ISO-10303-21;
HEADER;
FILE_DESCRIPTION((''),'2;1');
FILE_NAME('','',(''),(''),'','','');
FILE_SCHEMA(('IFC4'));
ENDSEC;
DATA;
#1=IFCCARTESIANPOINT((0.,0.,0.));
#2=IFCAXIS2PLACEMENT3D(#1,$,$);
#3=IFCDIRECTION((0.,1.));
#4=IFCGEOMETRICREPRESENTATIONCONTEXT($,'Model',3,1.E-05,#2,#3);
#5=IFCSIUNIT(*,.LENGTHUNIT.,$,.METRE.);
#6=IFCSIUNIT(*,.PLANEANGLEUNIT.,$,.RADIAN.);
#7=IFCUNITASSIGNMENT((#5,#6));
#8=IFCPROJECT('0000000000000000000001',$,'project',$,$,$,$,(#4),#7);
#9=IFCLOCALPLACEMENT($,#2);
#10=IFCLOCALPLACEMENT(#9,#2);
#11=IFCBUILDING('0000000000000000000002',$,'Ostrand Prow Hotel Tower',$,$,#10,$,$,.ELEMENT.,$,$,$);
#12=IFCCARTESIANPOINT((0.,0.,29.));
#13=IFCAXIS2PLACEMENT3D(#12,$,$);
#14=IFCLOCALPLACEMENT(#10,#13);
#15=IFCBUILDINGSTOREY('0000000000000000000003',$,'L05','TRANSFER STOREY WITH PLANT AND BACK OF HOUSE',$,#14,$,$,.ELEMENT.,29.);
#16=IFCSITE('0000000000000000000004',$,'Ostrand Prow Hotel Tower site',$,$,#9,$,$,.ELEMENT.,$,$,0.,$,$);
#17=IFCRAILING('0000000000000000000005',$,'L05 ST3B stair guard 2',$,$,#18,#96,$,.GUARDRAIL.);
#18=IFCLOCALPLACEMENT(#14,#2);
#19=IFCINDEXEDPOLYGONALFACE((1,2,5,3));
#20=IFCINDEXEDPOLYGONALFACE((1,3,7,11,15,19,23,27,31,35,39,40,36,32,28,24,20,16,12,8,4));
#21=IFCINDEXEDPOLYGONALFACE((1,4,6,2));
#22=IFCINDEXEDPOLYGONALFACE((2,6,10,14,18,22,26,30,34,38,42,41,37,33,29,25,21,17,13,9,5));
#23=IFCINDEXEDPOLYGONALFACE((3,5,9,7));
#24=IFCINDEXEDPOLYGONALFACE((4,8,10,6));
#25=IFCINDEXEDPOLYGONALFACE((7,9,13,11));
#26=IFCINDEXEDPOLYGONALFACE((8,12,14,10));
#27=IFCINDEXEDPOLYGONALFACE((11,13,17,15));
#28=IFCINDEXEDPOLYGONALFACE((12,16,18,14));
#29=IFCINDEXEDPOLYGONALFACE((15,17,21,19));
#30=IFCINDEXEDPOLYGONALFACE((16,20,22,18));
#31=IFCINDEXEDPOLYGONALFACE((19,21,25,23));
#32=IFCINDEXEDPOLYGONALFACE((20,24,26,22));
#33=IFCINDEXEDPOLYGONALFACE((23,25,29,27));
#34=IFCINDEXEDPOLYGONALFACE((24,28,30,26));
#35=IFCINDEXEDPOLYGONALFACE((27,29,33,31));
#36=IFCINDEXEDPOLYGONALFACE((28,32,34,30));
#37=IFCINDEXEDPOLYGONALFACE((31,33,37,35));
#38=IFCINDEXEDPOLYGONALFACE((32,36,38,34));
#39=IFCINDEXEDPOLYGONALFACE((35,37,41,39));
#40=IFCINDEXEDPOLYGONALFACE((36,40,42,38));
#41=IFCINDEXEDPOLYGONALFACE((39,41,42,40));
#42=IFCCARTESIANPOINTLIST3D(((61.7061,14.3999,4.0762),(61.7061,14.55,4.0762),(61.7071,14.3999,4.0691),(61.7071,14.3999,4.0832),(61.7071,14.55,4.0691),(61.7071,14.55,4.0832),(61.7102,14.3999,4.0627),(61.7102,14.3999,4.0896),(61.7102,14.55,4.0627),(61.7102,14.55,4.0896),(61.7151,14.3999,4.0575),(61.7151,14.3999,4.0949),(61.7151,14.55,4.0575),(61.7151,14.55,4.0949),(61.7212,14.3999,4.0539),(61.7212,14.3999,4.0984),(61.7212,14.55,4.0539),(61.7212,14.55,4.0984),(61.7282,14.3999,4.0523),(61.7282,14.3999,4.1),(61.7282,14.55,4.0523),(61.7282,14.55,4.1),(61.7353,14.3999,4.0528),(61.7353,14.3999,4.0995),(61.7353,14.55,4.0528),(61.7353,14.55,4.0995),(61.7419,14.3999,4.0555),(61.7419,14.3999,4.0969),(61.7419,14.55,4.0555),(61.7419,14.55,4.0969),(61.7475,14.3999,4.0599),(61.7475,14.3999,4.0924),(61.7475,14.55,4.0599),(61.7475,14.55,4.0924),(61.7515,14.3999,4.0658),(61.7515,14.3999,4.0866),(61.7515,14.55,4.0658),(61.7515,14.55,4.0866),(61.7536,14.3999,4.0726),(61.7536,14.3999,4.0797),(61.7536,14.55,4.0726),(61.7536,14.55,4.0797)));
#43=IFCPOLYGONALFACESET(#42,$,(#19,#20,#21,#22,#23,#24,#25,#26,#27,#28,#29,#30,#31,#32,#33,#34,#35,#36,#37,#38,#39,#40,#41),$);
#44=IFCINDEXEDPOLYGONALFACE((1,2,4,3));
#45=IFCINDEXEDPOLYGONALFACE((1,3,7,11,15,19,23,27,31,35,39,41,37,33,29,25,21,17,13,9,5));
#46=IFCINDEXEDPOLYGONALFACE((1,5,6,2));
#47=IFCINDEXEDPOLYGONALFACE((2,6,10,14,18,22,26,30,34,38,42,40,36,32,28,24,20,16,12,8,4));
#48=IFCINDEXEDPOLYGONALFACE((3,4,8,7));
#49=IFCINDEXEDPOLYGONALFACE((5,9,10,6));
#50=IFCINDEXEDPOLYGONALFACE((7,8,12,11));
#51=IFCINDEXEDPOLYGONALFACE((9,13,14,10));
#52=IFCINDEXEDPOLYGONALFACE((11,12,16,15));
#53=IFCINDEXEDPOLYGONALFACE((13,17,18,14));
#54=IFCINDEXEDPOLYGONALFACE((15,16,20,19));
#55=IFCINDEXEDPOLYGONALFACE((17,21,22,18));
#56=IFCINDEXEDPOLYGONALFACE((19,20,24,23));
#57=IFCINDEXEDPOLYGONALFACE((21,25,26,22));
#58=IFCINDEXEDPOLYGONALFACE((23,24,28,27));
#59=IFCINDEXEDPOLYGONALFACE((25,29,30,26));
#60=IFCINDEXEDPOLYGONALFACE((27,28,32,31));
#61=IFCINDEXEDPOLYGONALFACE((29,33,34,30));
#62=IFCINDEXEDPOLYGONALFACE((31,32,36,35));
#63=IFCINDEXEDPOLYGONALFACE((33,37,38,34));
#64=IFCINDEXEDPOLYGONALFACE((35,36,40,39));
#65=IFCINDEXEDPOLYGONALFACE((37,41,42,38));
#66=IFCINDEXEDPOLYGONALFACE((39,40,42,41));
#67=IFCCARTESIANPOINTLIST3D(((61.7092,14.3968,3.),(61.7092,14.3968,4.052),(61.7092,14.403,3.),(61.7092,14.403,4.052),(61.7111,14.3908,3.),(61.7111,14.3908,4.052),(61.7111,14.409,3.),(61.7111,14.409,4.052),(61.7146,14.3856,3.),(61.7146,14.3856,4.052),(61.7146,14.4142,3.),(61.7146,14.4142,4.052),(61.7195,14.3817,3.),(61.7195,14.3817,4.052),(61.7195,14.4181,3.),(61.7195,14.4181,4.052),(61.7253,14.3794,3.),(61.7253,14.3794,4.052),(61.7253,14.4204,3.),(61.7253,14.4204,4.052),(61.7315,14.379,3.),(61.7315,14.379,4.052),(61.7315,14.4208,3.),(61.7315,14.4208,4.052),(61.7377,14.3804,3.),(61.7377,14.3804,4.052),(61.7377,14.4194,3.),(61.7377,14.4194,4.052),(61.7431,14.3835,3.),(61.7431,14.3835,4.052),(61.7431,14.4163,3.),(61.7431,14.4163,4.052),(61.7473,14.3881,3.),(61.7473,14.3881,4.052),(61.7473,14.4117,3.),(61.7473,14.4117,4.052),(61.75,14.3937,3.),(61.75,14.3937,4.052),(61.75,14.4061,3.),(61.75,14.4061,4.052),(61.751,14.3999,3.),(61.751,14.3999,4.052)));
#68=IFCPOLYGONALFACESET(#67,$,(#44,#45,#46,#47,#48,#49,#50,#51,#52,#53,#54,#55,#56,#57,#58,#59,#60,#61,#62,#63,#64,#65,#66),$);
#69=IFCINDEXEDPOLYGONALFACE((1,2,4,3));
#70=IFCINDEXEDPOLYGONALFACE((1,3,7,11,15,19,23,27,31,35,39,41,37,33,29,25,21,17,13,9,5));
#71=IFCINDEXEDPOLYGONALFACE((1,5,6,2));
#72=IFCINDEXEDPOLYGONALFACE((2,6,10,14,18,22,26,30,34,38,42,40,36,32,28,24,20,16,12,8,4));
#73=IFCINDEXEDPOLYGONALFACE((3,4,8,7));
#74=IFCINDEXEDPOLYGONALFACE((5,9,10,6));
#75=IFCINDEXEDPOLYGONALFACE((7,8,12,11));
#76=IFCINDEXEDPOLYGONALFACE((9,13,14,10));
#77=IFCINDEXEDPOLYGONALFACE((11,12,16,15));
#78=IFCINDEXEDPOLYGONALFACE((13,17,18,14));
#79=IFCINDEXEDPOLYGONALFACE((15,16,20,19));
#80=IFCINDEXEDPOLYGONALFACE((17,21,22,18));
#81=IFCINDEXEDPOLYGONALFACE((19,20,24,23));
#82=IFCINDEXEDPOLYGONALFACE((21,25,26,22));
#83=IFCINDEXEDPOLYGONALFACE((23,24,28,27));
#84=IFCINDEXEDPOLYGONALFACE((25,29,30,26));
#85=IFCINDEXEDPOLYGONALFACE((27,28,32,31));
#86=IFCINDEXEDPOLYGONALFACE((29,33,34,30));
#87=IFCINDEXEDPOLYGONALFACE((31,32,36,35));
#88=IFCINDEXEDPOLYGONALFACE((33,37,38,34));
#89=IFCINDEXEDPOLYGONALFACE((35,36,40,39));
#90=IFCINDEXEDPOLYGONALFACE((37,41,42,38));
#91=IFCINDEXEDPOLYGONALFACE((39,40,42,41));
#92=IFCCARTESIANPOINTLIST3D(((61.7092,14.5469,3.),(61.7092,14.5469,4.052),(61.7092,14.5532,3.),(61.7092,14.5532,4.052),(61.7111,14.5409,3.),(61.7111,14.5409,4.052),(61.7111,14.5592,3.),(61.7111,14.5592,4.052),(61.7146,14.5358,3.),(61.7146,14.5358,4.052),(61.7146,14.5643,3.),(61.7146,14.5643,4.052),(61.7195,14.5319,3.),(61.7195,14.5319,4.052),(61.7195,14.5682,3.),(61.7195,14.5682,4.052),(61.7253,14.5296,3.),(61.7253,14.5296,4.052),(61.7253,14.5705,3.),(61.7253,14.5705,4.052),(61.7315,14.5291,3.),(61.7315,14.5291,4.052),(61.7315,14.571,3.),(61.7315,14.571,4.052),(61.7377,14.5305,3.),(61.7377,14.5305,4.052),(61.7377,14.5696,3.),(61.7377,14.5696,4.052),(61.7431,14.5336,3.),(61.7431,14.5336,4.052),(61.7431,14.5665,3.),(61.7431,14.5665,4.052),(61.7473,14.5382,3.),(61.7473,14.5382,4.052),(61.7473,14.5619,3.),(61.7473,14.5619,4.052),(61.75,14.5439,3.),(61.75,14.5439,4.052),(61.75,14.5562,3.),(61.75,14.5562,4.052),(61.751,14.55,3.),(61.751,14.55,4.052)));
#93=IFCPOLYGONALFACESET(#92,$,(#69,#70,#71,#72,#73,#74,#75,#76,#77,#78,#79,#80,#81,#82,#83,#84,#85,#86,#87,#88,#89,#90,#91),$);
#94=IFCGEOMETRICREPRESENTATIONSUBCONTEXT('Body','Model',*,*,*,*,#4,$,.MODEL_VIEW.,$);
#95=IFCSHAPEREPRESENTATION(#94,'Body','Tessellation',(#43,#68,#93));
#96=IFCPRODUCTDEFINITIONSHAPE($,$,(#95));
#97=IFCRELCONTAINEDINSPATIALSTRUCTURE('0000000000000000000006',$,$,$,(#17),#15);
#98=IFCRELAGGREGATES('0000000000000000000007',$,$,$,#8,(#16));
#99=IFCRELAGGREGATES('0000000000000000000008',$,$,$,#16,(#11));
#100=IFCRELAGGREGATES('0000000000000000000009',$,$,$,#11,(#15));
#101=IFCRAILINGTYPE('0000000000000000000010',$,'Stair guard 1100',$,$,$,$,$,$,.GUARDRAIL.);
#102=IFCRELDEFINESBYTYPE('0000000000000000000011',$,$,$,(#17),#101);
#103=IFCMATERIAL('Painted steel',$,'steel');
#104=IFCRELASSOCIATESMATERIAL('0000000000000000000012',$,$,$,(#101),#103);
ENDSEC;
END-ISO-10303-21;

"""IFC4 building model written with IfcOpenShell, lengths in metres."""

from ifc_helpers import new_model, si_unit, direction, frame, origin, origin_2d, place, context, subcontext, project, spatial, circle, extrude, material, type_object, element, save


model = new_model("IFC4")

# Units and contexts
model_context = context("Model", 3, precision=1e-05, world=origin(), true_north=direction((0.0, 1.0)))
body_context = subcontext(model_context, "Body", "Model", "MODEL_VIEW")
ifc_project = project(units=[si_unit("LENGTHUNIT", "METRE"), si_unit("PLANEANGLEUNIT", "RADIAN")], contexts=[model_context])

# Site, building, storey
site_placement = place(None, origin())
site = spatial("IfcSite", under=ifc_project, at=site_placement, Name="Ostrand Prow Hotel Tower site", CompositionType="ELEMENT", RefElevation=0.0)
building_placement = place(site_placement, origin())
building = spatial("IfcBuilding", under=site, at=building_placement, Name="Ostrand Prow Hotel Tower", CompositionType="ELEMENT")
storey_placement = place(building_placement, frame((0.0, 0.0, 29.0)))
storey = spatial("IfcBuildingStorey", under=building, at=storey_placement, Name="L05", Description="TRANSFER STOREY WITH PLANT AND BACK OF HOUSE", CompositionType="ELEMENT", Elevation=29.0)

# Railing
ifc_material_1 = material(Name="Painted steel", Category="steel")
railing_type_1 = type_object("IfcRailingType", Name="Stair guard 1100", PredefinedType="GUARDRAIL", material=ifc_material_1)
railing_1_placement = place(storey_placement, frame((61.73, 14.3999, 3.0)))
element("IfcRailing", 1, at=railing_1_placement, inside=storey, type_object=railing_type_1, Name="L05 ST3B stair guard 2", PredefinedType="GUARDRAIL", context=body_context, shape_type="SweptSolid", body=[
    extrude(circle(Radius=0.0239, at=origin_2d()), frame((0.0, 0.0, 1.0762), z_axis=(0.0, 1.0, 0.0), x_axis=(-1.0, 0.0, 0.0)), (0.0, 0.0, 1.0), 0.1501),
    extrude(circle(Radius=0.021, at=origin_2d()), origin(), (0.0, 0.0, 1.0), 1.052),
    extrude(circle(Radius=0.021, at=origin_2d()), frame((0.0, 0.1501, 0.0)), (0.0, 0.0, 1.0), 1.052),
])

save(model, "model.ifc")
